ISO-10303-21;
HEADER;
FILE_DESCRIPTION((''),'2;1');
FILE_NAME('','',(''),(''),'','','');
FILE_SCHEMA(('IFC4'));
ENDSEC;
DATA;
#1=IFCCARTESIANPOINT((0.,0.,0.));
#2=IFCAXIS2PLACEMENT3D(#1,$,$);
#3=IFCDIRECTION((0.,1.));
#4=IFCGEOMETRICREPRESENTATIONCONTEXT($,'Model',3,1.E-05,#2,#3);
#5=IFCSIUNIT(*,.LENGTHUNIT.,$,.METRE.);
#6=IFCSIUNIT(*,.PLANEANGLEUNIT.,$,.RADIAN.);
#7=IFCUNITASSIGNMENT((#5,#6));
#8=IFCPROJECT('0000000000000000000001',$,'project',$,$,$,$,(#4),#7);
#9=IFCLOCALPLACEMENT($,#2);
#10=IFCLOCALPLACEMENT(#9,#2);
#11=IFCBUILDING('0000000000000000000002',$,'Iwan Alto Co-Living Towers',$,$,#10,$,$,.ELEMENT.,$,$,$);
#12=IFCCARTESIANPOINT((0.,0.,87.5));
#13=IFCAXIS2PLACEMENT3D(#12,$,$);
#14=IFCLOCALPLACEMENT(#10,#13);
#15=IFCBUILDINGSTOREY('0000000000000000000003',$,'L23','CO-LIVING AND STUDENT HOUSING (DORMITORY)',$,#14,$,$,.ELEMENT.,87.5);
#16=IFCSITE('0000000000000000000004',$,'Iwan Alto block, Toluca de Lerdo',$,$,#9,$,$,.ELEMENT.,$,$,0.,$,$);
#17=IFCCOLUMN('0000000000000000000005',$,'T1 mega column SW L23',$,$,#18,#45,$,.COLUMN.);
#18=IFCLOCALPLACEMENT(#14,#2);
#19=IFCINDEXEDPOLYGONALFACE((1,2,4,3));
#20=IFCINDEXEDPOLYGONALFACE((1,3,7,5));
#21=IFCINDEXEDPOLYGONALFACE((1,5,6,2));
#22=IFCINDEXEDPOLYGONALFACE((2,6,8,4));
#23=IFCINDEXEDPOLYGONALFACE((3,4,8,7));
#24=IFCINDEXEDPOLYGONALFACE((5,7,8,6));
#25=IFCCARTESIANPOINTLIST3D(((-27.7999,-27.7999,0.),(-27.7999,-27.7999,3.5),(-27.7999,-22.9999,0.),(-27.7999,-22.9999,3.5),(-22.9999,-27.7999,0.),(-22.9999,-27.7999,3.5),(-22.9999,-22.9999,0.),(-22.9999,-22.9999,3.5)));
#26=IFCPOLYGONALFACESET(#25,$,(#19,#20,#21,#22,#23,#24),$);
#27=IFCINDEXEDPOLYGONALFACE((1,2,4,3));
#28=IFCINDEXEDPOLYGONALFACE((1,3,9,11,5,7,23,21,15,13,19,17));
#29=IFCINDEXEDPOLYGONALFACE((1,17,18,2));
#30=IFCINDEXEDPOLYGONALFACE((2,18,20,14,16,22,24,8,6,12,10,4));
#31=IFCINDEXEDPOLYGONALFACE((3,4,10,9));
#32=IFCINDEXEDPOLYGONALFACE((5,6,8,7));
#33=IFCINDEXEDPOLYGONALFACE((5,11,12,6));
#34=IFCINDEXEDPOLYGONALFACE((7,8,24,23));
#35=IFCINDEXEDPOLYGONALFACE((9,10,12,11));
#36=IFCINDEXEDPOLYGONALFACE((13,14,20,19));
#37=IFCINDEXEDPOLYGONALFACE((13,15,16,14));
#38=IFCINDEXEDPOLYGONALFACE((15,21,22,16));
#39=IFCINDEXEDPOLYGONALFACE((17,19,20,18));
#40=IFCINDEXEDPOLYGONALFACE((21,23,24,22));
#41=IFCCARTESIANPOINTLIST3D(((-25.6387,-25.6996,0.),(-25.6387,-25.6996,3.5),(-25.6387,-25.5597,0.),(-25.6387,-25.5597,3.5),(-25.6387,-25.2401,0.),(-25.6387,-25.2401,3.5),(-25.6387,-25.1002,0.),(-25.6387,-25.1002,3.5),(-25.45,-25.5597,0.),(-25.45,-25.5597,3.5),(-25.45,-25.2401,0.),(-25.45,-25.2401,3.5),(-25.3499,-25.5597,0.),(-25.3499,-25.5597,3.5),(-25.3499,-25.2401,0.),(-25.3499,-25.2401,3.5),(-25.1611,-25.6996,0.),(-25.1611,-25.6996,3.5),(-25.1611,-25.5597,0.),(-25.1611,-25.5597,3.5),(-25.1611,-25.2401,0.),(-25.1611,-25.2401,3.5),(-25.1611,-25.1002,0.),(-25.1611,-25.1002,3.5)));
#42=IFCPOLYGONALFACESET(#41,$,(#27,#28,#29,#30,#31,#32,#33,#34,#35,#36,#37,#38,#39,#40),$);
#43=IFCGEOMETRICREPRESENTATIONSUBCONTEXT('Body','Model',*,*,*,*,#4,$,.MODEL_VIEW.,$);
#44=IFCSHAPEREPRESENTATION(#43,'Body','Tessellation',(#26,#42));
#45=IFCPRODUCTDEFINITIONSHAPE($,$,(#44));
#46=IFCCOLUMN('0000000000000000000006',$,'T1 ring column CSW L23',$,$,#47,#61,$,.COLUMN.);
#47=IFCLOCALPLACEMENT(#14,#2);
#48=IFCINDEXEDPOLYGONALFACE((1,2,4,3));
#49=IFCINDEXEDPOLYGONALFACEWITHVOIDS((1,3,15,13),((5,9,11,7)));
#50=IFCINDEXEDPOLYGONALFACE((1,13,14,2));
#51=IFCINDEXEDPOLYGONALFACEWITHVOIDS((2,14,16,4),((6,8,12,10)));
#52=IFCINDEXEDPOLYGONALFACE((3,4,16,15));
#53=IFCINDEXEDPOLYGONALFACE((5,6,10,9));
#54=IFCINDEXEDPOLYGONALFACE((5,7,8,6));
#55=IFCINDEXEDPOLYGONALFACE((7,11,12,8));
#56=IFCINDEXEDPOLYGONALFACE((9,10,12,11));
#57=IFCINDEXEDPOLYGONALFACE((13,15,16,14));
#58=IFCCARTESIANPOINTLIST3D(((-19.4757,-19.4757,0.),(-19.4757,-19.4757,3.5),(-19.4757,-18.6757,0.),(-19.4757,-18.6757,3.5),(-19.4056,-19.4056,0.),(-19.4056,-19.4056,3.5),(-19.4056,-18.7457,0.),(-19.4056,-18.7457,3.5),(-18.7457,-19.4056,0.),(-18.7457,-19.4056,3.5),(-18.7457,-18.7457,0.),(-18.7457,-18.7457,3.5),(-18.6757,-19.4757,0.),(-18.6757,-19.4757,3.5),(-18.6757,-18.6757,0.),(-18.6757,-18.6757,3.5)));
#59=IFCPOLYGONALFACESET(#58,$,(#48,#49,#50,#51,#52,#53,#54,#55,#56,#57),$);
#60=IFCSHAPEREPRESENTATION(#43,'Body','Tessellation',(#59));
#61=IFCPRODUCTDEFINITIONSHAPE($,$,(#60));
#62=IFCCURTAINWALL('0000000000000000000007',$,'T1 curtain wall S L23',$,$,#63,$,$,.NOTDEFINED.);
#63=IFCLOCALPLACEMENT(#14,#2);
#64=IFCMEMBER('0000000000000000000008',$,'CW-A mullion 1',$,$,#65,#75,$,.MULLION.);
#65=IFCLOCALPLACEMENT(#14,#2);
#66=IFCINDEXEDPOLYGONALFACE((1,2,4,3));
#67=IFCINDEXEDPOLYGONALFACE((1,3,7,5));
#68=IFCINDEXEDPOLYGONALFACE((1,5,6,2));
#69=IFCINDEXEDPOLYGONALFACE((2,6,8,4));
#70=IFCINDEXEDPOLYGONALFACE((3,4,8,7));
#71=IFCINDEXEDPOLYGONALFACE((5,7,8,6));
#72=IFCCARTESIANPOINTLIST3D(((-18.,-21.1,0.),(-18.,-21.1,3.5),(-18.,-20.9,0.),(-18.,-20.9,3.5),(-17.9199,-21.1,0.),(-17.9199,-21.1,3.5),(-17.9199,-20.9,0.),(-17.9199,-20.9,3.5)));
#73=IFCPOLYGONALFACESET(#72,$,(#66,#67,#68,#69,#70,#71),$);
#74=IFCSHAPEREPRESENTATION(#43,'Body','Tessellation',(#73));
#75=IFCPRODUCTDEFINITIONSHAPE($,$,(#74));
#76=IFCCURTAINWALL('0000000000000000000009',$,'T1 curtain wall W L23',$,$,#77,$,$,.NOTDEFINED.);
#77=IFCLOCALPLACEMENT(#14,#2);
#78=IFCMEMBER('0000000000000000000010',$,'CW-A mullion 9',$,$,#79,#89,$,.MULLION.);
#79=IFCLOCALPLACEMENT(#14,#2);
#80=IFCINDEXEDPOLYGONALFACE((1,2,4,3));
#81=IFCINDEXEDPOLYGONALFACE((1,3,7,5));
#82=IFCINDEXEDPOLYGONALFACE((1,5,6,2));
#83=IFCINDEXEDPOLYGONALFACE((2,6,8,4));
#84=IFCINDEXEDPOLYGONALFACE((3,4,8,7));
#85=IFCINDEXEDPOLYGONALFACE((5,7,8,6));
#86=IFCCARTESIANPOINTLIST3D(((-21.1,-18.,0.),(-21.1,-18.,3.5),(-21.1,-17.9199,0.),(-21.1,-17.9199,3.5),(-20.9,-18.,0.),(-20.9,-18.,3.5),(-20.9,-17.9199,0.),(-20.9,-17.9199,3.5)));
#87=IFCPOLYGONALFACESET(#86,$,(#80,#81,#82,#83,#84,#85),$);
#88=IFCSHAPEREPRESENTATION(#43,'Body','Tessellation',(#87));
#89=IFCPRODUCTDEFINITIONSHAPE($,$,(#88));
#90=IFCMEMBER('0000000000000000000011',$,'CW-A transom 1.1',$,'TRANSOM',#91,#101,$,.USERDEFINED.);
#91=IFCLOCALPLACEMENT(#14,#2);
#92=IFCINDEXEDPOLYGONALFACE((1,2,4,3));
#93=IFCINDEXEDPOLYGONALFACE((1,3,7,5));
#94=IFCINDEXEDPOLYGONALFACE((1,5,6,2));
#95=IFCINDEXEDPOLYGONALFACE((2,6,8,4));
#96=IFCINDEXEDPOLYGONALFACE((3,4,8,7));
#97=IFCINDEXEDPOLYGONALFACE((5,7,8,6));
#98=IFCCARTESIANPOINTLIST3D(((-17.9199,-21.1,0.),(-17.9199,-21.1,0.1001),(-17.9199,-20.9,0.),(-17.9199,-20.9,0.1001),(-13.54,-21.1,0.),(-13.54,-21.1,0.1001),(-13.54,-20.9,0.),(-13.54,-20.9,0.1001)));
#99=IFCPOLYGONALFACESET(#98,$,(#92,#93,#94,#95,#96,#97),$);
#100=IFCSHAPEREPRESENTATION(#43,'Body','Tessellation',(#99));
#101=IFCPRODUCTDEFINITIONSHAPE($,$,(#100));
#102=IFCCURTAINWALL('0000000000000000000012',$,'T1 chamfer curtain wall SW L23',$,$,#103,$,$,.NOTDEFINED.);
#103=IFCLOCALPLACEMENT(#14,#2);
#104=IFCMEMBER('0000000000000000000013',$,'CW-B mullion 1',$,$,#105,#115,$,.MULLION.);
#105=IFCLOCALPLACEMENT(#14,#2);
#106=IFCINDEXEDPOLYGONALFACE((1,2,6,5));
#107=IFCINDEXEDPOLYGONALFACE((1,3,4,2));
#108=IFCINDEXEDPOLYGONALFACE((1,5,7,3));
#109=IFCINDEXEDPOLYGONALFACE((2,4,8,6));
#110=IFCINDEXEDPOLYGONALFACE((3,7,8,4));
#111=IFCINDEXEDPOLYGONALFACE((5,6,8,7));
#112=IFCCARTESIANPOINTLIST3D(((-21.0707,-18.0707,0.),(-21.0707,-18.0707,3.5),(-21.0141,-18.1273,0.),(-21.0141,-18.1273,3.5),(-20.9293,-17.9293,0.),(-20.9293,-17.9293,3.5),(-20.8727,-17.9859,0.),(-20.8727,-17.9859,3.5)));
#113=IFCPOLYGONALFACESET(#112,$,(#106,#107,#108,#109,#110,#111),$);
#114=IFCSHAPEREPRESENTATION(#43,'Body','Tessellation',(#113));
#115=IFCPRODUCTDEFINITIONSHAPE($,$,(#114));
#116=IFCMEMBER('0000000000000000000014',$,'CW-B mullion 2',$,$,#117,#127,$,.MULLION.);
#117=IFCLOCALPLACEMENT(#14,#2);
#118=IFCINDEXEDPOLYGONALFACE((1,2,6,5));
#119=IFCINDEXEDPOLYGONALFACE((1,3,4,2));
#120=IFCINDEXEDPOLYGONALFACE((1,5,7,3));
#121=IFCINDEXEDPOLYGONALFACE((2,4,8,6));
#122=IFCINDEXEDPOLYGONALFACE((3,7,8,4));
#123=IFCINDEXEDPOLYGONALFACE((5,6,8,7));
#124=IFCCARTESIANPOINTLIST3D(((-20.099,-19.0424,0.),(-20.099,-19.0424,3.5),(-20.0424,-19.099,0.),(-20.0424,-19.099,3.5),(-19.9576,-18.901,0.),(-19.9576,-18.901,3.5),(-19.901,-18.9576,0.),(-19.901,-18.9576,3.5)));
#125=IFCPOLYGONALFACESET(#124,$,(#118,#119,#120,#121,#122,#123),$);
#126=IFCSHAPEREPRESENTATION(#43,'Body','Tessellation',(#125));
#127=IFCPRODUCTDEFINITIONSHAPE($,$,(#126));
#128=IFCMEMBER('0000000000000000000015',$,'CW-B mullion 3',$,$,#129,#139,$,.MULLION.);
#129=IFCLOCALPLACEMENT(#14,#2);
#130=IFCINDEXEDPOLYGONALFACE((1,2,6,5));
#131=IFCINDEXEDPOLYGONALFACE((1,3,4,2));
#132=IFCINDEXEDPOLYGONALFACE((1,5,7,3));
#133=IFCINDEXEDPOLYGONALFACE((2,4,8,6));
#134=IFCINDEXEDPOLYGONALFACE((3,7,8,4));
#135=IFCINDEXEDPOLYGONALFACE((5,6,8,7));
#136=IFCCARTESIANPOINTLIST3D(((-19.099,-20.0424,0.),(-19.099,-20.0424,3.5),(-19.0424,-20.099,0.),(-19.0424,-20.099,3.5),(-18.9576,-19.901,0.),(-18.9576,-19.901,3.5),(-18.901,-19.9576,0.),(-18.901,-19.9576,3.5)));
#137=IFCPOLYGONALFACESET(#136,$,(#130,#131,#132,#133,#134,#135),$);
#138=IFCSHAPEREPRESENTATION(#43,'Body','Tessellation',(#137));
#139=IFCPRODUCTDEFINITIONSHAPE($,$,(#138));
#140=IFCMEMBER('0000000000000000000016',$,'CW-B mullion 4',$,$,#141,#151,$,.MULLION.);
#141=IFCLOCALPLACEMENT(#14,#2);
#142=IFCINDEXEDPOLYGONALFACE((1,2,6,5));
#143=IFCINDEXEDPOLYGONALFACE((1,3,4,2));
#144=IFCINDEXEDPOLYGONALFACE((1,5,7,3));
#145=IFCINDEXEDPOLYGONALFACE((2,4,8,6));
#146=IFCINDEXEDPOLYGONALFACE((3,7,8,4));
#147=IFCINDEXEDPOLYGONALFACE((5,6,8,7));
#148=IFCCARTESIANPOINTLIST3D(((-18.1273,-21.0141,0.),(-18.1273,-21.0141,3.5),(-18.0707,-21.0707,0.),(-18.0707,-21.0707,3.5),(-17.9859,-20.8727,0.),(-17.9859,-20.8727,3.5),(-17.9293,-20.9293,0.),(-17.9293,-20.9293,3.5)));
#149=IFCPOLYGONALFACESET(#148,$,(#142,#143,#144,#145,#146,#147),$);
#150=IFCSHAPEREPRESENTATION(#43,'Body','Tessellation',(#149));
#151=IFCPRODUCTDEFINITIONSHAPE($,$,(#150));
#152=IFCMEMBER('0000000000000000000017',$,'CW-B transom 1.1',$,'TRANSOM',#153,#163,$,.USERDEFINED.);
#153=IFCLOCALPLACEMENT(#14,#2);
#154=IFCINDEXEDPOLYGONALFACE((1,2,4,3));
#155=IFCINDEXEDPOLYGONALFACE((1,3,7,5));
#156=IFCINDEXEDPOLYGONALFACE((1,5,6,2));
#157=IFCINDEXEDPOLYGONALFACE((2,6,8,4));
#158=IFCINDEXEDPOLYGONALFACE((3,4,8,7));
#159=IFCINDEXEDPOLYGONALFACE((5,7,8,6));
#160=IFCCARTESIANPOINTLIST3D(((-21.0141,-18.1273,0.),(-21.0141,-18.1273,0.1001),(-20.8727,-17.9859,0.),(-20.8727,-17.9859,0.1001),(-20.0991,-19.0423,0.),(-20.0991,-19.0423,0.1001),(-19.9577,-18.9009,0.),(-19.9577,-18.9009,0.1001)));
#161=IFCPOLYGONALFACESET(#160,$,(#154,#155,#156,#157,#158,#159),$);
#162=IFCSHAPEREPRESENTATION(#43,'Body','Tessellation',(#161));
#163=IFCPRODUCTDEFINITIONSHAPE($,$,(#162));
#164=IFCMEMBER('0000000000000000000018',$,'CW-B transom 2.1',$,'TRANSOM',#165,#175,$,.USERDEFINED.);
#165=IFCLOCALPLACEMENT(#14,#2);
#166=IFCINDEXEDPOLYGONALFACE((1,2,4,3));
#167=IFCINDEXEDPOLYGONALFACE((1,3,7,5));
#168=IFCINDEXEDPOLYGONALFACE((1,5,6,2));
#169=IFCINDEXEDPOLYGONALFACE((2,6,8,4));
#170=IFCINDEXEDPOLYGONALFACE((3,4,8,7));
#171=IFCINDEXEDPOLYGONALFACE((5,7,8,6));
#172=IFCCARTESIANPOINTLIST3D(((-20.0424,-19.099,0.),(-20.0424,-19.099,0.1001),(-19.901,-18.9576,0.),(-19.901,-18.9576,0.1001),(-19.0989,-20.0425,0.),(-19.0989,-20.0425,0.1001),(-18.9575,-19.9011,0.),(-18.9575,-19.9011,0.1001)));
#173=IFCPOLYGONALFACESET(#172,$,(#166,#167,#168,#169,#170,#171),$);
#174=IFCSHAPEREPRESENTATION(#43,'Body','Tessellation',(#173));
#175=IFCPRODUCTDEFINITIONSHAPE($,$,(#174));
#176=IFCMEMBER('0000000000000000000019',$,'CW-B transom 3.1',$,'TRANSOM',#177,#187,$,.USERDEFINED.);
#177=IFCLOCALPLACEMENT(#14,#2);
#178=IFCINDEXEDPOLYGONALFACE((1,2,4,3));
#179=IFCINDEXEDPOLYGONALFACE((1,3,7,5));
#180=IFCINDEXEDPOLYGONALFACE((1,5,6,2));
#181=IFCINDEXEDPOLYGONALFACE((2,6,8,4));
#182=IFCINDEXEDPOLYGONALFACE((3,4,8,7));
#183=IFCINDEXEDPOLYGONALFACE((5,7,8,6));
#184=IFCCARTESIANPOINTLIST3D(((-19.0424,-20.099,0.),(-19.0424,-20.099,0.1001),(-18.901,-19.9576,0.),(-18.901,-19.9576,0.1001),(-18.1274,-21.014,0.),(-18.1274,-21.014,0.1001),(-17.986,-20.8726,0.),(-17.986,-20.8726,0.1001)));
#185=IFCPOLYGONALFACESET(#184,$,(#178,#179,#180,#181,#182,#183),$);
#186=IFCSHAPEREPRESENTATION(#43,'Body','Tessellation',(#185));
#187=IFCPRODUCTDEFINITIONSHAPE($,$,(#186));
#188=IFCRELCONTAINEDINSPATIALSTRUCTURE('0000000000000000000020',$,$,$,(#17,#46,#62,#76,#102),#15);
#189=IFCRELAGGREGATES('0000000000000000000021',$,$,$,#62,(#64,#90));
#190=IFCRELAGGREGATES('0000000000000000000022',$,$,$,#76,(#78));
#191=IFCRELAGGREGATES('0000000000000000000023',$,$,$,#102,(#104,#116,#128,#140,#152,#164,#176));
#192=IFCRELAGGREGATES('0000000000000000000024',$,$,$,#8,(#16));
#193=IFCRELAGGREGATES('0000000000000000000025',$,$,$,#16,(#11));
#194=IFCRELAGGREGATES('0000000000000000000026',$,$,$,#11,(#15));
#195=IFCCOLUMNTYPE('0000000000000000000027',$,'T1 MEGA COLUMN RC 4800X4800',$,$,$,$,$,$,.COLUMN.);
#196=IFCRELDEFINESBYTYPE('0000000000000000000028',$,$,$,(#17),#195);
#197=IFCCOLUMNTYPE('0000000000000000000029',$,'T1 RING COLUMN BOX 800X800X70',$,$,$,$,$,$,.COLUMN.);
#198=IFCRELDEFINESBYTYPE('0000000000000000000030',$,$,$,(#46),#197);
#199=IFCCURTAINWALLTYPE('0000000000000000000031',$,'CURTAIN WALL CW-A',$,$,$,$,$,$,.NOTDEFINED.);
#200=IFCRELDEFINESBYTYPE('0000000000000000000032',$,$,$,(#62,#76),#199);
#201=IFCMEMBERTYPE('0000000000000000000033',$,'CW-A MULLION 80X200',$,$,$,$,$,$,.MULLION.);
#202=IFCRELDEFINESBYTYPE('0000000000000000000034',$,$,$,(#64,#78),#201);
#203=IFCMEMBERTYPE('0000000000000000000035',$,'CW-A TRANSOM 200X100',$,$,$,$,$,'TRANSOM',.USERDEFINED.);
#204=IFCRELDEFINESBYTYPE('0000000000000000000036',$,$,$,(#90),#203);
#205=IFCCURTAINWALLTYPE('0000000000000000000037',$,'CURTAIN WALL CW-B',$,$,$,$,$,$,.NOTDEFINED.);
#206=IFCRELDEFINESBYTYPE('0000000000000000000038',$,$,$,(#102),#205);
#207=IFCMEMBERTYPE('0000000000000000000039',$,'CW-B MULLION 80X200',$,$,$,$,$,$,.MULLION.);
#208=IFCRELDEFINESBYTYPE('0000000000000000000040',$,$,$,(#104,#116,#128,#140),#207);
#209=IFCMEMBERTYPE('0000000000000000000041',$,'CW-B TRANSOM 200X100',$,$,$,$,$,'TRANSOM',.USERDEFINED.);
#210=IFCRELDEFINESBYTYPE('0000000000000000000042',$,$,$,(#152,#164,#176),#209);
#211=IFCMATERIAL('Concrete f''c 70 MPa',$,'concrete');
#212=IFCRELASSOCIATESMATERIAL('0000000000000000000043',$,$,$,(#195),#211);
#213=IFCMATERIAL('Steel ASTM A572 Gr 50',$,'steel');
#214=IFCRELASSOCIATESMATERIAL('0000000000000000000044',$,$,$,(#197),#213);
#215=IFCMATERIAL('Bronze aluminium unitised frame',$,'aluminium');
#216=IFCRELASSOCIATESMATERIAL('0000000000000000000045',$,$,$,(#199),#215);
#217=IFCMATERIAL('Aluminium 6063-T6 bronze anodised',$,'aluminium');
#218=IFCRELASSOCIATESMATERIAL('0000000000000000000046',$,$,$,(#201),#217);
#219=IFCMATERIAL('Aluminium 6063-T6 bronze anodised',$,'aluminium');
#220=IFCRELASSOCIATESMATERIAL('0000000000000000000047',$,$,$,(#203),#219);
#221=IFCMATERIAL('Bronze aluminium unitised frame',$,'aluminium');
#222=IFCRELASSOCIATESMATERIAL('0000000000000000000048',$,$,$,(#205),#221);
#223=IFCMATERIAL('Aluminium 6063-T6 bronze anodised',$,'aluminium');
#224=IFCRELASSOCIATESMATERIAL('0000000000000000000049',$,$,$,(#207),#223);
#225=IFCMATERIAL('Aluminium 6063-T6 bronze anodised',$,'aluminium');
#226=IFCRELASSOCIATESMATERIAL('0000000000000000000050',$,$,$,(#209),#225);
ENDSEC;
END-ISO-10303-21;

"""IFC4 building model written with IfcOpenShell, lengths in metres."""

from ifc_helpers import new_model, si_unit, direction, frame, origin, origin_2d, place, context, subcontext, project, spatial, rectangle, hollow_rectangle, i_section, extrude, material, material_profile, profile_set, type_object, element, aggregate, save


model = new_model("IFC4")

# Units and contexts
model_context = context("Model", 3, precision=1e-05, world=origin(), true_north=direction((0.0, 1.0)))
body_context = subcontext(model_context, "Body", "Model", "MODEL_VIEW")
ifc_project = project(units=[si_unit("LENGTHUNIT", "METRE"), si_unit("PLANEANGLEUNIT", "RADIAN")], contexts=[model_context])

# Site, building, storey
site_placement = place(None, origin())
site = spatial("IfcSite", under=ifc_project, at=site_placement, Name="Iwan Alto block, Toluca de Lerdo", CompositionType="ELEMENT", RefElevation=0.0)
building_placement = place(site_placement, origin())
building = spatial("IfcBuilding", under=site, at=building_placement, Name="Iwan Alto Co-Living Towers", CompositionType="ELEMENT")
storey_placement = place(building_placement, frame((0.0, 0.0, 87.5)))
storey = spatial("IfcBuildingStorey", under=building, at=storey_placement, Name="L23", Description="CO-LIVING AND STUDENT HOUSING (DORMITORY)", CompositionType="ELEMENT", Elevation=87.5)

# Columns
ifc_material_1 = material(Name="Concrete f'c 70 MPa", Category="concrete")
ifc_material_profile_1 = material_profile(ifc_material_1, rectangle(XDim=4.8, YDim=4.8, at=origin_2d()), Name="RC 4800X4800")
ifc_profile_set_1 = profile_set([ifc_material_profile_1], Name="Concrete f'c 70 MPa")
column_type_1 = type_object("IfcColumnType", Name="T1 MEGA COLUMN RC 4800X4800", PredefinedType="COLUMN", material=ifc_profile_set_1)
column_1_placement = place(storey_placement, frame((-25.3999, -25.3999, 0.0), z_axis=(0.0, 0.0, 1.0), x_axis=(1.0, 0.0, 0.0)))
element("IfcColumn", 1, at=column_1_placement, inside=storey, type_object=column_type_1, Name="T1 mega column SW L23", PredefinedType="COLUMN", context=body_context, shape_type="SweptSolid", body=[
    extrude(rectangle(XDim=4.8, YDim=4.8, at=origin_2d()), origin(), (0.0, 0.0, 1.0), 3.5),
    extrude(i_section(OverallWidth=0.4775, OverallDepth=0.5994, WebThickness=0.1001, FlangeThickness=0.1399, at=origin_2d()), origin(), (0.0, 0.0, 1.0), 3.5),
])
ifc_material_2 = material(Name="Steel ASTM A572 Gr 50", Category="steel")
ifc_material_profile_2 = material_profile(ifc_material_2, hollow_rectangle(XDim=0.8, YDim=0.8, WallThickness=0.0701, at=origin_2d()), Name="BOX 800X800X70")
ifc_profile_set_2 = profile_set([ifc_material_profile_2], Name="Steel ASTM A572 Gr 50")
column_type_2 = type_object("IfcColumnType", Name="T1 RING COLUMN BOX 800X800X70", PredefinedType="COLUMN", material=ifc_profile_set_2)
column_2_placement = place(storey_placement, frame((-19.0757, -19.0757, 0.0), z_axis=(0.0, 0.0, 1.0), x_axis=(1.0, 0.0, 0.0)))
element("IfcColumn", 2, at=column_2_placement, inside=storey, type_object=column_type_2, Name="T1 ring column CSW L23", PredefinedType="COLUMN", context=body_context, shape_type="SweptSolid", body=[
    extrude(hollow_rectangle(XDim=0.8, YDim=0.8, WallThickness=0.0701, at=origin_2d()), origin(), (0.0, 0.0, 1.0), 3.5),
])

# Curtain walls, members
ifc_material_3 = material(Name="Bronze aluminium unitised frame", Category="aluminium")
curtain_wall_type_1 = type_object("IfcCurtainWallType", Name="CURTAIN WALL CW-A", PredefinedType="NOTDEFINED", material=ifc_material_3)
curtain_wall_1_placement = place(storey_placement, origin())
curtain_wall_1 = element("IfcCurtainWall", 3, at=curtain_wall_1_placement, inside=storey, type_object=curtain_wall_type_1, Name="T1 curtain wall S L23", PredefinedType="NOTDEFINED")
ifc_material_4 = material(Name="Aluminium 6063-T6 bronze anodised", Category="aluminium")
ifc_material_profile_3 = material_profile(ifc_material_4, rectangle(XDim=0.2, YDim=0.0801, at=origin_2d()), Name="AL 80X200")
ifc_profile_set_3 = profile_set([ifc_material_profile_3], Name="Aluminium 6063-T6 bronze anodised")
member_type_1 = type_object("IfcMemberType", Name="CW-A MULLION 80X200", PredefinedType="MULLION", material=ifc_profile_set_3)
member_1_placement = place(storey_placement, frame((-17.96, -21.0, 0.0), z_axis=(0.0, 0.0, 1.0), x_axis=(0.0, 1.0, 0.0)))
member_1 = element("IfcMember", 4, at=member_1_placement, type_object=member_type_1, Name="CW-A mullion 1", PredefinedType="MULLION", context=body_context, shape_type="SweptSolid", body=[
    extrude(rectangle(XDim=0.2, YDim=0.0801, at=origin_2d()), origin(), (0.0, 0.0, 1.0), 3.5),
])
curtain_wall_2_placement = place(storey_placement, origin())
curtain_wall_2 = element("IfcCurtainWall", 5, at=curtain_wall_2_placement, inside=storey, type_object=curtain_wall_type_1, Name="T1 curtain wall W L23", PredefinedType="NOTDEFINED")
member_2_placement = place(storey_placement, frame((-21.0, -17.96, 0.0), z_axis=(0.0, 0.0, 1.0), x_axis=(1.0, 0.0, 0.0)))
member_2 = element("IfcMember", 6, at=member_2_placement, type_object=member_type_1, Name="CW-A mullion 9", PredefinedType="MULLION", context=body_context, shape_type="SweptSolid", body=[
    extrude(rectangle(XDim=0.2, YDim=0.0801, at=origin_2d()), origin(), (0.0, 0.0, 1.0), 3.5),
])

# Member
ifc_material_5 = material(Name="Aluminium 6063-T6 bronze anodised", Category="aluminium")
ifc_material_profile_4 = material_profile(ifc_material_5, rectangle(XDim=0.2, YDim=0.1001, at=origin_2d()), Name="AL 200X100")
ifc_profile_set_4 = profile_set([ifc_material_profile_4], Name="Aluminium 6063-T6 bronze anodised")
member_type_2 = type_object("IfcMemberType", Name="CW-A TRANSOM 200X100", ElementType="TRANSOM", PredefinedType="USERDEFINED", material=ifc_profile_set_4)
member_3_placement = place(storey_placement, frame((-17.9199, -21.0, 0.05), z_axis=(1.0, 0.0, 0.0), x_axis=(0.0, 1.0, 0.0)))
member_3 = element("IfcMember", 7, at=member_3_placement, type_object=member_type_2, Name="CW-A transom 1.1", ObjectType="TRANSOM", PredefinedType="USERDEFINED", context=body_context, shape_type="SweptSolid", body=[
    extrude(rectangle(XDim=0.2, YDim=0.1001, at=origin_2d()), origin(), (0.0, 0.0, 1.0), 4.3799),
])

# Curtain wall, members
ifc_material_6 = material(Name="Bronze aluminium unitised frame", Category="aluminium")
curtain_wall_type_2 = type_object("IfcCurtainWallType", Name="CURTAIN WALL CW-B", PredefinedType="NOTDEFINED", material=ifc_material_6)
curtain_wall_3_placement = place(storey_placement, origin())
curtain_wall_3 = element("IfcCurtainWall", 8, at=curtain_wall_3_placement, inside=storey, type_object=curtain_wall_type_2, Name="T1 chamfer curtain wall SW L23", PredefinedType="NOTDEFINED")
ifc_material_7 = material(Name="Aluminium 6063-T6 bronze anodised", Category="aluminium")
ifc_material_profile_5 = material_profile(ifc_material_7, rectangle(XDim=0.2, YDim=0.0801, at=origin_2d()), Name="AL 80X200")
ifc_profile_set_5 = profile_set([ifc_material_profile_5], Name="Aluminium 6063-T6 bronze anodised")
member_type_3 = type_object("IfcMemberType", Name="CW-B MULLION 80X200", PredefinedType="MULLION", material=ifc_profile_set_5)
member_4_placement = place(storey_placement, frame((-20.9717, -18.0283, 0.0), z_axis=(0.0, 0.0, 1.0), x_axis=(0.707107, 0.707107, 0.0)))
member_4 = element("IfcMember", 9, at=member_4_placement, type_object=member_type_3, Name="CW-B mullion 1", PredefinedType="MULLION", context=body_context, shape_type="SweptSolid", body=[
    extrude(rectangle(XDim=0.2, YDim=0.0801, at=origin_2d()), origin(), (0.0, 0.0, 1.0), 3.5),
])
member_5_placement = place(storey_placement, frame((-20.0, -19.0, 0.0), z_axis=(0.0, 0.0, 1.0), x_axis=(0.707107, 0.707107, 0.0)))
member_5 = element("IfcMember", 10, at=member_5_placement, type_object=member_type_3, Name="CW-B mullion 2", PredefinedType="MULLION", context=body_context, shape_type="SweptSolid", body=[
    extrude(rectangle(XDim=0.2, YDim=0.0801, at=origin_2d()), origin(), (0.0, 0.0, 1.0), 3.5),
])
member_6_placement = place(storey_placement, frame((-19.0, -20.0, 0.0), z_axis=(0.0, 0.0, 1.0), x_axis=(0.707107, 0.707107, 0.0)))
member_6 = element("IfcMember", 11, at=member_6_placement, type_object=member_type_3, Name="CW-B mullion 3", PredefinedType="MULLION", context=body_context, shape_type="SweptSolid", body=[
    extrude(rectangle(XDim=0.2, YDim=0.0801, at=origin_2d()), origin(), (0.0, 0.0, 1.0), 3.5),
])
member_7_placement = place(storey_placement, frame((-18.0283, -20.9717, 0.0), z_axis=(0.0, 0.0, 1.0), x_axis=(0.707107, 0.707107, 0.0)))
member_7 = element("IfcMember", 12, at=member_7_placement, type_object=member_type_3, Name="CW-B mullion 4", PredefinedType="MULLION", context=body_context, shape_type="SweptSolid", body=[
    extrude(rectangle(XDim=0.2, YDim=0.0801, at=origin_2d()), origin(), (0.0, 0.0, 1.0), 3.5),
])
ifc_material_8 = material(Name="Aluminium 6063-T6 bronze anodised", Category="aluminium")
ifc_material_profile_6 = material_profile(ifc_material_8, rectangle(XDim=0.2, YDim=0.1001, at=origin_2d()), Name="AL 200X100")
ifc_profile_set_6 = profile_set([ifc_material_profile_6], Name="Aluminium 6063-T6 bronze anodised")
member_type_4 = type_object("IfcMemberType", Name="CW-B TRANSOM 200X100", ElementType="TRANSOM", PredefinedType="USERDEFINED", material=ifc_profile_set_6)
member_8_placement = place(storey_placement, frame((-20.9434, -18.0566, 0.05), z_axis=(0.707107, -0.707107, 0.0), x_axis=(0.707107, 0.707107, 0.0)))
member_8 = element("IfcMember", 13, at=member_8_placement, type_object=member_type_4, Name="CW-B transom 1.1", ObjectType="TRANSOM", PredefinedType="USERDEFINED", context=body_context, shape_type="SweptSolid", body=[
    extrude(rectangle(XDim=0.2, YDim=0.1001, at=origin_2d()), origin(), (0.0, 0.0, 1.0), 1.2939),
])
member_9_placement = place(storey_placement, frame((-19.9717, -19.0283, 0.05), z_axis=(0.707107, -0.707107, 0.0), x_axis=(0.707107, 0.707107, 0.0)))
member_9 = element("IfcMember", 14, at=member_9_placement, type_object=member_type_4, Name="CW-B transom 2.1", ObjectType="TRANSOM", PredefinedType="USERDEFINED", context=body_context, shape_type="SweptSolid", body=[
    extrude(rectangle(XDim=0.2, YDim=0.1001, at=origin_2d()), origin(), (0.0, 0.0, 1.0), 1.3342),
])
member_10_placement = place(storey_placement, frame((-18.9717, -20.0283, 0.05), z_axis=(0.707107, -0.707107, 0.0), x_axis=(0.707107, 0.707107, 0.0)))
member_10 = element("IfcMember", 15, at=member_10_placement, type_object=member_type_4, Name="CW-B transom 3.1", ObjectType="TRANSOM", PredefinedType="USERDEFINED", context=body_context, shape_type="SweptSolid", body=[
    extrude(rectangle(XDim=0.2, YDim=0.1001, at=origin_2d()), origin(), (0.0, 0.0, 1.0), 1.2939),
])

aggregate(curtain_wall_1, [member_1, member_3])
aggregate(curtain_wall_2, [member_2])
aggregate(curtain_wall_3, [member_4, member_5, member_6, member_7, member_8, member_9, member_10])

save(model, "model.ifc")
